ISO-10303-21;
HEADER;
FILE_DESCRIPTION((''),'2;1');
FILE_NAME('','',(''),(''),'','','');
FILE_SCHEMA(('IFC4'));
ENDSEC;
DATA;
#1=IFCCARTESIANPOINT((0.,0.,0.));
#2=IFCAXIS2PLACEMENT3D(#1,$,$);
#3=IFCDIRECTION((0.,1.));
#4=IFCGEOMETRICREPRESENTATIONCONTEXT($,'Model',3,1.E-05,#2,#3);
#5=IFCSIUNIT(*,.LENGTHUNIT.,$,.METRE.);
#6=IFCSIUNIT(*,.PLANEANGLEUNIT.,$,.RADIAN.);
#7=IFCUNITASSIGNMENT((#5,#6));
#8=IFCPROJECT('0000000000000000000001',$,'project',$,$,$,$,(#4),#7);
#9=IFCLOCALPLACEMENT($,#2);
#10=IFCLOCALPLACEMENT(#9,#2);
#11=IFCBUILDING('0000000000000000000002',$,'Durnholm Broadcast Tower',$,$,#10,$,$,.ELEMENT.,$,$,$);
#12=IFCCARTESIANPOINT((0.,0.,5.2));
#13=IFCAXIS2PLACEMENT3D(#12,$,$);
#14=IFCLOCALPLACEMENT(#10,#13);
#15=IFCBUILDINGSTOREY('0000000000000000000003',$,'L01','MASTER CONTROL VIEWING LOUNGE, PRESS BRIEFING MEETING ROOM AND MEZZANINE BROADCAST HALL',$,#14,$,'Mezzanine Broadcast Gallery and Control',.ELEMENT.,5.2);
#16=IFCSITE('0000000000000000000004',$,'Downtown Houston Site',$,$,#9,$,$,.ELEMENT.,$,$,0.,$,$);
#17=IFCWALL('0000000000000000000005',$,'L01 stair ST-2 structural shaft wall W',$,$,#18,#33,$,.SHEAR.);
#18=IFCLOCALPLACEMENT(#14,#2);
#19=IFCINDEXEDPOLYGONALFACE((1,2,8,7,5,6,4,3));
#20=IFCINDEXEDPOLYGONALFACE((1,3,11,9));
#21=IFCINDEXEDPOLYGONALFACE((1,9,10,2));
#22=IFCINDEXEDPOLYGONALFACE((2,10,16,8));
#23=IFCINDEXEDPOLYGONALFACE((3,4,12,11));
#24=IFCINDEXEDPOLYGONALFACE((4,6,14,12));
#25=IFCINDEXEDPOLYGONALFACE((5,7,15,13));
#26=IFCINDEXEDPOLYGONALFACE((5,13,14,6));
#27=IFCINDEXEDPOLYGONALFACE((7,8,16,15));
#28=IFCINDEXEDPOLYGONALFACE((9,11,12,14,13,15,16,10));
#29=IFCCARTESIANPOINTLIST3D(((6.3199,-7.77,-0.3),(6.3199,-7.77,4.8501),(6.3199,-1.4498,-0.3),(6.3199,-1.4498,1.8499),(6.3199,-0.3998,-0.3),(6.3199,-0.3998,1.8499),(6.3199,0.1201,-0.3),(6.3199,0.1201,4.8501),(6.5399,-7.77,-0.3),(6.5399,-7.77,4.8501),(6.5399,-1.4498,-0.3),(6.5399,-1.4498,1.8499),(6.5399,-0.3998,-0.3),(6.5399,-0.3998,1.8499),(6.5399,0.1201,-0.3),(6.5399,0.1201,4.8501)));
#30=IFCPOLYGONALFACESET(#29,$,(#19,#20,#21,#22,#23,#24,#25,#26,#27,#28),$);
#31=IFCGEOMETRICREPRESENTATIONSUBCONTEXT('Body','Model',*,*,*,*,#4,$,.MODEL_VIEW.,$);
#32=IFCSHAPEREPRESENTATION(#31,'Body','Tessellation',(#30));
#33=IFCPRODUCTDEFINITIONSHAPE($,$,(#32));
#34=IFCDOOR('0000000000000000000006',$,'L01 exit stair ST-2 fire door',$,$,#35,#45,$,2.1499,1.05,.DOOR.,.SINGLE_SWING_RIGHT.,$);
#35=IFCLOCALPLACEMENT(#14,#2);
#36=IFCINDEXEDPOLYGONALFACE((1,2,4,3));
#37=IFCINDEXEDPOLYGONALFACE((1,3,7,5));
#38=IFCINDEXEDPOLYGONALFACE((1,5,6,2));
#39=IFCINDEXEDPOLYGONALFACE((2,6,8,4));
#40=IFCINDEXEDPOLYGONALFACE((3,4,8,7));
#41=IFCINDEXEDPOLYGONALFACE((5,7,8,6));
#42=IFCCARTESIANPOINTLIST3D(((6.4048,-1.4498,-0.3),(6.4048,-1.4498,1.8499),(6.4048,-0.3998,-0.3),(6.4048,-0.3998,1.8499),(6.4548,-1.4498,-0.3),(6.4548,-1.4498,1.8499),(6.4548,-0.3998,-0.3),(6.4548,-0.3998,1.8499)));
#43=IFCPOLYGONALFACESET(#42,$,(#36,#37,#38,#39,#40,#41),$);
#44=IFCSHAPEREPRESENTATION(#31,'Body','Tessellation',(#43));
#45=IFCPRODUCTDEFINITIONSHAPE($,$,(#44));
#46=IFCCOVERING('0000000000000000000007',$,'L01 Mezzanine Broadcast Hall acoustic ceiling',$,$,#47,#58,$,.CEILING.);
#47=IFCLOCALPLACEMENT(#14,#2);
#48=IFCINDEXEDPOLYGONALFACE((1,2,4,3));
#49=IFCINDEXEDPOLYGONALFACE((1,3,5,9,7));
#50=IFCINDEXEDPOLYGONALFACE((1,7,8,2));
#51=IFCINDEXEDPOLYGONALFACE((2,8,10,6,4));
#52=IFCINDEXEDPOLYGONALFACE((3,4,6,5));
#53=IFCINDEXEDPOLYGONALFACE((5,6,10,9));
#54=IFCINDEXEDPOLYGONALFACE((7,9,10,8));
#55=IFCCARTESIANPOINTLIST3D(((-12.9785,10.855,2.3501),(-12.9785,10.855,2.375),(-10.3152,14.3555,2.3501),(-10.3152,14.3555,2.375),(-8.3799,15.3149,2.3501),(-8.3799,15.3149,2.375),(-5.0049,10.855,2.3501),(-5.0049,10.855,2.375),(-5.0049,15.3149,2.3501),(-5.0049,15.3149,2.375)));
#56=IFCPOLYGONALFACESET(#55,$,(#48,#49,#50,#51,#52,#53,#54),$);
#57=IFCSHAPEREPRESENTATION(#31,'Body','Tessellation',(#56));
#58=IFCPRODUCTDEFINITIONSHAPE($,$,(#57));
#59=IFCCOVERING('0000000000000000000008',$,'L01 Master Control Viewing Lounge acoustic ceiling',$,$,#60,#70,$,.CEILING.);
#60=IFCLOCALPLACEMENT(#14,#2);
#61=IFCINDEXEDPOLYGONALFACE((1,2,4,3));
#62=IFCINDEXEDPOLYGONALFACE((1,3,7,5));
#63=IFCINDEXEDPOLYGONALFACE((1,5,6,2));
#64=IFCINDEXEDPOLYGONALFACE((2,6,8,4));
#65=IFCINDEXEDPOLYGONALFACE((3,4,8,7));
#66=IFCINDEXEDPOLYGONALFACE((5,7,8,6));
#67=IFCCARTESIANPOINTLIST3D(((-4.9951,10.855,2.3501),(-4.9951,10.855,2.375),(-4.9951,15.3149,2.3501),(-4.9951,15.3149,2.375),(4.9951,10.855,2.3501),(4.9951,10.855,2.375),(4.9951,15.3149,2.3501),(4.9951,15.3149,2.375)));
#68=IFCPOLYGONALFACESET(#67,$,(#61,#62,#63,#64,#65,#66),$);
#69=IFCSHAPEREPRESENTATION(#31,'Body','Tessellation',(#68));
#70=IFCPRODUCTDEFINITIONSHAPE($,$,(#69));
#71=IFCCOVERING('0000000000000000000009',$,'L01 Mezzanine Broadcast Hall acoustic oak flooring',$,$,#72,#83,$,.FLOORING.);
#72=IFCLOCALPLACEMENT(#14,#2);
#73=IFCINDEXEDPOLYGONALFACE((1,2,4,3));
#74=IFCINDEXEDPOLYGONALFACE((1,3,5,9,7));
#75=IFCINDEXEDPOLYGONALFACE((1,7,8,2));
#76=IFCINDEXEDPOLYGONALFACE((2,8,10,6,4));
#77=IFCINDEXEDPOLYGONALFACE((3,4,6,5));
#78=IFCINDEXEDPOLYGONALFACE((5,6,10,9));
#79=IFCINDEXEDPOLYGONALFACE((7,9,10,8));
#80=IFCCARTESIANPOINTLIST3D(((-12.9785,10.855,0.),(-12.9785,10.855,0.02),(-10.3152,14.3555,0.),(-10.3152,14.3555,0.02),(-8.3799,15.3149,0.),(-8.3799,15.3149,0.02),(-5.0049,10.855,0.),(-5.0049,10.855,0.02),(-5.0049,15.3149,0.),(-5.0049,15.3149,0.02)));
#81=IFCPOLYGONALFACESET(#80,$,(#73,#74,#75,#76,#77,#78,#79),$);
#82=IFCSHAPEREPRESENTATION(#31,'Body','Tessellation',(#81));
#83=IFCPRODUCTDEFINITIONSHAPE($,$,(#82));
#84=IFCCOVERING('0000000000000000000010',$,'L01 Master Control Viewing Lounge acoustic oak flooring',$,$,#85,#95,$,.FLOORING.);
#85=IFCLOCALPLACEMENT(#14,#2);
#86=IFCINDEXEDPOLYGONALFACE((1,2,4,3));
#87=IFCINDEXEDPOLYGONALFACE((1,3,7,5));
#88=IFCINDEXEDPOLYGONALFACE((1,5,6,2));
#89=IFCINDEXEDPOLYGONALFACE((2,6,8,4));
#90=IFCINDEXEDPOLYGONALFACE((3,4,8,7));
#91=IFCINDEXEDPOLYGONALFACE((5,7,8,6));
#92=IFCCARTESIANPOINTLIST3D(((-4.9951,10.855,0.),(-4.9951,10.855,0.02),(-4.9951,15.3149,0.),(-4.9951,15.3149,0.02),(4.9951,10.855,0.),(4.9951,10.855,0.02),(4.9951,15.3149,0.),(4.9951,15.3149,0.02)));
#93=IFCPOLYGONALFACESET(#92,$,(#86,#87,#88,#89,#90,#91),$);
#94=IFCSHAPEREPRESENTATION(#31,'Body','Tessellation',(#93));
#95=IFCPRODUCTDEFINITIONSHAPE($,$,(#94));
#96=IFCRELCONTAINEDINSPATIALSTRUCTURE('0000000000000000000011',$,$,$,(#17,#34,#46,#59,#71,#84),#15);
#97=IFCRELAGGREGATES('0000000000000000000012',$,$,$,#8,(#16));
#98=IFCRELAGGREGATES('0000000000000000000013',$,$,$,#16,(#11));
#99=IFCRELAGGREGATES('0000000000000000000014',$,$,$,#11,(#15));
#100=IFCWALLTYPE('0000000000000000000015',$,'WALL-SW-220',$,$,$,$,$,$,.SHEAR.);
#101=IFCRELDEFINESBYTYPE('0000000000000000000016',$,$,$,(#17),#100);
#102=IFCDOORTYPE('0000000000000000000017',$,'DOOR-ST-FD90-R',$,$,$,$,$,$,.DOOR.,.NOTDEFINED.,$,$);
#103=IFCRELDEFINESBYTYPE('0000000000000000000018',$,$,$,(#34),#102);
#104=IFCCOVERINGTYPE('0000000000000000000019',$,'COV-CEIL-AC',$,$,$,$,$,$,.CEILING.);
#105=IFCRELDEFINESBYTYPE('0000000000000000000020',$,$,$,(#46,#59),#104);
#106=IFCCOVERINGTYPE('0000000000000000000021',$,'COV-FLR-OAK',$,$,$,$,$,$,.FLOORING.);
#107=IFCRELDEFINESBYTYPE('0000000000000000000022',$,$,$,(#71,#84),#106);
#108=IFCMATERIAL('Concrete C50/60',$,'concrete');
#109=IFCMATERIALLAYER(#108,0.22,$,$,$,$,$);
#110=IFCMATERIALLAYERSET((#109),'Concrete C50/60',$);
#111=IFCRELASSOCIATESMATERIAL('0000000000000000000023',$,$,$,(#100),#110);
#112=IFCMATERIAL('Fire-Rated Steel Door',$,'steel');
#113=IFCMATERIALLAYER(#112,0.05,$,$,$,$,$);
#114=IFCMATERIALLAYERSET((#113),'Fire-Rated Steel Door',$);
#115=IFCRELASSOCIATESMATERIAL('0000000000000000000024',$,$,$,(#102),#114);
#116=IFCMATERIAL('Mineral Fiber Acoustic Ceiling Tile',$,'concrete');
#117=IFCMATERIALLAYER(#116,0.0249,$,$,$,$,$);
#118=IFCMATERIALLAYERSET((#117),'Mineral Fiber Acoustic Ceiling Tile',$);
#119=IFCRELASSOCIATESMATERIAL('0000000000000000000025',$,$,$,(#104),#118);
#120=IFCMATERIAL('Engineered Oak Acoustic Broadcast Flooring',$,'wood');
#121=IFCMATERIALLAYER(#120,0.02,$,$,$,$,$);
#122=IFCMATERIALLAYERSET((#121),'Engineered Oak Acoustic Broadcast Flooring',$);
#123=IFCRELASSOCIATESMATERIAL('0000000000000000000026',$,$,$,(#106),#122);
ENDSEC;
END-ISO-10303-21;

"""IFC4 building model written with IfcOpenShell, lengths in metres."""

from ifc_helpers import new_model, si_unit, direction, frame, frame_2d, origin, place, context, subcontext, project, spatial, polyline, rectangle, outline, extrude, source, transform, mapped, material, layer, layer_set, type_object, type_shapes, element, fill, save


model = new_model("IFC4")

# Units and contexts
model_context = context("Model", 3, precision=1e-05, world=origin(), true_north=direction((0.0, 1.0)))
body_context = subcontext(model_context, "Body", "Model", "MODEL_VIEW")
ifc_project = project(units=[si_unit("LENGTHUNIT", "METRE"), si_unit("PLANEANGLEUNIT", "RADIAN")], contexts=[model_context])

# Site, building, storey
site_placement = place(None, origin())
site = spatial("IfcSite", under=ifc_project, at=site_placement, Name="Downtown Houston Site", CompositionType="ELEMENT", RefElevation=0.0)
building_placement = place(site_placement, origin())
building = spatial("IfcBuilding", under=site, at=building_placement, Name="Durnholm Broadcast Tower", CompositionType="ELEMENT")
storey_placement = place(building_placement, frame((0.0, 0.0, 5.2)))
storey = spatial("IfcBuildingStorey", under=building, at=storey_placement, Name="L01", Description="MASTER CONTROL VIEWING LOUNGE, PRESS BRIEFING MEETING ROOM AND MEZZANINE BROADCAST HALL", LongName="Mezzanine Broadcast Gallery and Control", CompositionType="ELEMENT", Elevation=5.2)

# Shared definitions
ifc_material_1 = material(Name="Concrete C50/60", Category="concrete")

# Wall, opening, door
ifc_layer_1 = layer(ifc_material_1, 0.22)
ifc_layer_set_1 = layer_set([ifc_layer_1], Name="Concrete C50/60")
wall_type_1 = type_object("IfcWallType", Name="WALL-SW-220", PredefinedType="SHEAR", material=ifc_layer_set_1)
wall_1_placement = place(storey_placement, frame((6.4299, 0.1201, -0.3), z_axis=(0.0, 0.0, 1.0), x_axis=(0.0, -1.0, 0.0)))
wall_1 = element("IfcWall", 1, at=wall_1_placement, inside=storey, type_object=wall_type_1, Name="L01 stair ST-2 structural shaft wall W", PredefinedType="SHEAR", context=body_context, shape_type="SweptSolid", body=[
    extrude(rectangle(XDim=7.8901, YDim=0.22, at=frame_2d((3.9451, 0.0))), origin(), (0.0, 0.0, 1.0), 5.1501),
])
opening_1_placement = place(wall_1_placement, frame((0.52, 0.0, 0.0)))
opening_1 = element("IfcOpeningElement", 2, at=opening_1_placement, cuts=wall_1, PredefinedType="OPENING", context=body_context, shape_type="SweptSolid", body=[
    extrude(rectangle(XDim=1.05, YDim=2.1499, at=frame_2d((0.5249, 1.075))), frame((0.0, 0.1201, 0.0), z_axis=(0.0, -1.0, 0.0), x_axis=(1.0, 0.0, 0.0)), (0.0, 0.0, 1.0), 0.24),
])
ifc_material_2 = material(Name="Fire-Rated Steel Door", Category="steel")
ifc_layer_2 = layer(ifc_material_2, 0.05)
ifc_layer_set_2 = layer_set([ifc_layer_2], Name="Fire-Rated Steel Door")
door_type_1 = type_object("IfcDoorType", Name="DOOR-ST-FD90-R", OperationType="NOTDEFINED", PredefinedType="DOOR", material=ifc_layer_set_2)
shared_shape_1 = source(origin(), body_context, "Body", "SweptSolid", [
    extrude(rectangle(XDim=1.05, YDim=2.1499, at=frame_2d((0.5249, 1.075))), frame((0.0, 0.0249, 0.0), z_axis=(0.0, -1.0, 0.0), x_axis=(1.0, 0.0, 0.0)), (0.0, 0.0, 1.0), 0.05),
])
type_shapes(door_type_1, [shared_shape_1])
door_1_placement = place(opening_1_placement, origin())
door_1 = element("IfcDoor", 3, at=door_1_placement, inside=storey, type_object=door_type_1, Name="L01 exit stair ST-2 fire door", OperationType="SINGLE_SWING_RIGHT", OverallHeight=2.1499, OverallWidth=1.05, PredefinedType="DOOR", context=body_context, shape_type="MappedRepresentation", body=[
    mapped(shared_shape_1, transform((0.0, 0.0, 0.0), x_axis=(1.0, 0.0, 0.0), y_axis=(0.0, 1.0, 0.0), z_axis=(0.0, 0.0, 1.0), scale=1.0)),
])
fill(opening_1, door_1)

# Coverings
ifc_material_3 = material(Name="Mineral Fiber Acoustic Ceiling Tile", Category="concrete")
ifc_layer_3 = layer(ifc_material_3, 0.0249)
ifc_layer_set_3 = layer_set([ifc_layer_3], Name="Mineral Fiber Acoustic Ceiling Tile")
covering_type_1 = type_object("IfcCoveringType", Name="COV-CEIL-AC", PredefinedType="CEILING", material=ifc_layer_set_3)
covering_1_placement = place(storey_placement, frame((0.0, 0.0, 2.3501)))
element("IfcCovering", 4, at=covering_1_placement, inside=storey, type_object=covering_type_1, Name="L01 Mezzanine Broadcast Hall acoustic ceiling", PredefinedType="CEILING", context=body_context, shape_type="SweptSolid", body=[
    extrude(outline(polyline([(-12.9785, 10.855), (-5.0049, 10.855), (-5.0049, 15.3149), (-8.3799, 15.3149), (-10.3152, 14.3555), (-12.9785, 10.855)])), origin(), (0.0, 0.0, 1.0), 0.0249),
])
covering_2_placement = place(storey_placement, frame((0.0, 0.0, 2.3501)))
element("IfcCovering", 5, at=covering_2_placement, inside=storey, type_object=covering_type_1, Name="L01 Master Control Viewing Lounge acoustic ceiling", PredefinedType="CEILING", context=body_context, shape_type="SweptSolid", body=[
    extrude(outline(polyline([(-4.9951, 15.3149), (-4.9951, 10.855), (4.9951, 10.855), (4.9951, 15.3149), (-4.9951, 15.3149)])), origin(), (0.0, 0.0, 1.0), 0.0249),
])
ifc_material_4 = material(Name="Engineered Oak Acoustic Broadcast Flooring", Category="wood")
ifc_layer_4 = layer(ifc_material_4, 0.02)
ifc_layer_set_4 = layer_set([ifc_layer_4], Name="Engineered Oak Acoustic Broadcast Flooring")
covering_type_2 = type_object("IfcCoveringType", Name="COV-FLR-OAK", PredefinedType="FLOORING", material=ifc_layer_set_4)
covering_3_placement = place(storey_placement, origin())
element("IfcCovering", 6, at=covering_3_placement, inside=storey, type_object=covering_type_2, Name="L01 Mezzanine Broadcast Hall acoustic oak flooring", PredefinedType="FLOORING", context=body_context, shape_type="SweptSolid", body=[
    extrude(outline(polyline([(-12.9785, 10.855), (-5.0049, 10.855), (-5.0049, 15.3149), (-8.3799, 15.3149), (-10.3152, 14.3555), (-12.9785, 10.855)])), origin(), (0.0, 0.0, 1.0), 0.02),
])
covering_4_placement = place(storey_placement, origin())
element("IfcCovering", 7, at=covering_4_placement, inside=storey, type_object=covering_type_2, Name="L01 Master Control Viewing Lounge acoustic oak flooring", PredefinedType="FLOORING", context=body_context, shape_type="SweptSolid", body=[
    extrude(outline(polyline([(-4.9951, 15.3149), (-4.9951, 10.855), (4.9951, 10.855), (4.9951, 15.3149), (-4.9951, 15.3149)])), origin(), (0.0, 0.0, 1.0), 0.02),
])

save(model, "model.ifc")
